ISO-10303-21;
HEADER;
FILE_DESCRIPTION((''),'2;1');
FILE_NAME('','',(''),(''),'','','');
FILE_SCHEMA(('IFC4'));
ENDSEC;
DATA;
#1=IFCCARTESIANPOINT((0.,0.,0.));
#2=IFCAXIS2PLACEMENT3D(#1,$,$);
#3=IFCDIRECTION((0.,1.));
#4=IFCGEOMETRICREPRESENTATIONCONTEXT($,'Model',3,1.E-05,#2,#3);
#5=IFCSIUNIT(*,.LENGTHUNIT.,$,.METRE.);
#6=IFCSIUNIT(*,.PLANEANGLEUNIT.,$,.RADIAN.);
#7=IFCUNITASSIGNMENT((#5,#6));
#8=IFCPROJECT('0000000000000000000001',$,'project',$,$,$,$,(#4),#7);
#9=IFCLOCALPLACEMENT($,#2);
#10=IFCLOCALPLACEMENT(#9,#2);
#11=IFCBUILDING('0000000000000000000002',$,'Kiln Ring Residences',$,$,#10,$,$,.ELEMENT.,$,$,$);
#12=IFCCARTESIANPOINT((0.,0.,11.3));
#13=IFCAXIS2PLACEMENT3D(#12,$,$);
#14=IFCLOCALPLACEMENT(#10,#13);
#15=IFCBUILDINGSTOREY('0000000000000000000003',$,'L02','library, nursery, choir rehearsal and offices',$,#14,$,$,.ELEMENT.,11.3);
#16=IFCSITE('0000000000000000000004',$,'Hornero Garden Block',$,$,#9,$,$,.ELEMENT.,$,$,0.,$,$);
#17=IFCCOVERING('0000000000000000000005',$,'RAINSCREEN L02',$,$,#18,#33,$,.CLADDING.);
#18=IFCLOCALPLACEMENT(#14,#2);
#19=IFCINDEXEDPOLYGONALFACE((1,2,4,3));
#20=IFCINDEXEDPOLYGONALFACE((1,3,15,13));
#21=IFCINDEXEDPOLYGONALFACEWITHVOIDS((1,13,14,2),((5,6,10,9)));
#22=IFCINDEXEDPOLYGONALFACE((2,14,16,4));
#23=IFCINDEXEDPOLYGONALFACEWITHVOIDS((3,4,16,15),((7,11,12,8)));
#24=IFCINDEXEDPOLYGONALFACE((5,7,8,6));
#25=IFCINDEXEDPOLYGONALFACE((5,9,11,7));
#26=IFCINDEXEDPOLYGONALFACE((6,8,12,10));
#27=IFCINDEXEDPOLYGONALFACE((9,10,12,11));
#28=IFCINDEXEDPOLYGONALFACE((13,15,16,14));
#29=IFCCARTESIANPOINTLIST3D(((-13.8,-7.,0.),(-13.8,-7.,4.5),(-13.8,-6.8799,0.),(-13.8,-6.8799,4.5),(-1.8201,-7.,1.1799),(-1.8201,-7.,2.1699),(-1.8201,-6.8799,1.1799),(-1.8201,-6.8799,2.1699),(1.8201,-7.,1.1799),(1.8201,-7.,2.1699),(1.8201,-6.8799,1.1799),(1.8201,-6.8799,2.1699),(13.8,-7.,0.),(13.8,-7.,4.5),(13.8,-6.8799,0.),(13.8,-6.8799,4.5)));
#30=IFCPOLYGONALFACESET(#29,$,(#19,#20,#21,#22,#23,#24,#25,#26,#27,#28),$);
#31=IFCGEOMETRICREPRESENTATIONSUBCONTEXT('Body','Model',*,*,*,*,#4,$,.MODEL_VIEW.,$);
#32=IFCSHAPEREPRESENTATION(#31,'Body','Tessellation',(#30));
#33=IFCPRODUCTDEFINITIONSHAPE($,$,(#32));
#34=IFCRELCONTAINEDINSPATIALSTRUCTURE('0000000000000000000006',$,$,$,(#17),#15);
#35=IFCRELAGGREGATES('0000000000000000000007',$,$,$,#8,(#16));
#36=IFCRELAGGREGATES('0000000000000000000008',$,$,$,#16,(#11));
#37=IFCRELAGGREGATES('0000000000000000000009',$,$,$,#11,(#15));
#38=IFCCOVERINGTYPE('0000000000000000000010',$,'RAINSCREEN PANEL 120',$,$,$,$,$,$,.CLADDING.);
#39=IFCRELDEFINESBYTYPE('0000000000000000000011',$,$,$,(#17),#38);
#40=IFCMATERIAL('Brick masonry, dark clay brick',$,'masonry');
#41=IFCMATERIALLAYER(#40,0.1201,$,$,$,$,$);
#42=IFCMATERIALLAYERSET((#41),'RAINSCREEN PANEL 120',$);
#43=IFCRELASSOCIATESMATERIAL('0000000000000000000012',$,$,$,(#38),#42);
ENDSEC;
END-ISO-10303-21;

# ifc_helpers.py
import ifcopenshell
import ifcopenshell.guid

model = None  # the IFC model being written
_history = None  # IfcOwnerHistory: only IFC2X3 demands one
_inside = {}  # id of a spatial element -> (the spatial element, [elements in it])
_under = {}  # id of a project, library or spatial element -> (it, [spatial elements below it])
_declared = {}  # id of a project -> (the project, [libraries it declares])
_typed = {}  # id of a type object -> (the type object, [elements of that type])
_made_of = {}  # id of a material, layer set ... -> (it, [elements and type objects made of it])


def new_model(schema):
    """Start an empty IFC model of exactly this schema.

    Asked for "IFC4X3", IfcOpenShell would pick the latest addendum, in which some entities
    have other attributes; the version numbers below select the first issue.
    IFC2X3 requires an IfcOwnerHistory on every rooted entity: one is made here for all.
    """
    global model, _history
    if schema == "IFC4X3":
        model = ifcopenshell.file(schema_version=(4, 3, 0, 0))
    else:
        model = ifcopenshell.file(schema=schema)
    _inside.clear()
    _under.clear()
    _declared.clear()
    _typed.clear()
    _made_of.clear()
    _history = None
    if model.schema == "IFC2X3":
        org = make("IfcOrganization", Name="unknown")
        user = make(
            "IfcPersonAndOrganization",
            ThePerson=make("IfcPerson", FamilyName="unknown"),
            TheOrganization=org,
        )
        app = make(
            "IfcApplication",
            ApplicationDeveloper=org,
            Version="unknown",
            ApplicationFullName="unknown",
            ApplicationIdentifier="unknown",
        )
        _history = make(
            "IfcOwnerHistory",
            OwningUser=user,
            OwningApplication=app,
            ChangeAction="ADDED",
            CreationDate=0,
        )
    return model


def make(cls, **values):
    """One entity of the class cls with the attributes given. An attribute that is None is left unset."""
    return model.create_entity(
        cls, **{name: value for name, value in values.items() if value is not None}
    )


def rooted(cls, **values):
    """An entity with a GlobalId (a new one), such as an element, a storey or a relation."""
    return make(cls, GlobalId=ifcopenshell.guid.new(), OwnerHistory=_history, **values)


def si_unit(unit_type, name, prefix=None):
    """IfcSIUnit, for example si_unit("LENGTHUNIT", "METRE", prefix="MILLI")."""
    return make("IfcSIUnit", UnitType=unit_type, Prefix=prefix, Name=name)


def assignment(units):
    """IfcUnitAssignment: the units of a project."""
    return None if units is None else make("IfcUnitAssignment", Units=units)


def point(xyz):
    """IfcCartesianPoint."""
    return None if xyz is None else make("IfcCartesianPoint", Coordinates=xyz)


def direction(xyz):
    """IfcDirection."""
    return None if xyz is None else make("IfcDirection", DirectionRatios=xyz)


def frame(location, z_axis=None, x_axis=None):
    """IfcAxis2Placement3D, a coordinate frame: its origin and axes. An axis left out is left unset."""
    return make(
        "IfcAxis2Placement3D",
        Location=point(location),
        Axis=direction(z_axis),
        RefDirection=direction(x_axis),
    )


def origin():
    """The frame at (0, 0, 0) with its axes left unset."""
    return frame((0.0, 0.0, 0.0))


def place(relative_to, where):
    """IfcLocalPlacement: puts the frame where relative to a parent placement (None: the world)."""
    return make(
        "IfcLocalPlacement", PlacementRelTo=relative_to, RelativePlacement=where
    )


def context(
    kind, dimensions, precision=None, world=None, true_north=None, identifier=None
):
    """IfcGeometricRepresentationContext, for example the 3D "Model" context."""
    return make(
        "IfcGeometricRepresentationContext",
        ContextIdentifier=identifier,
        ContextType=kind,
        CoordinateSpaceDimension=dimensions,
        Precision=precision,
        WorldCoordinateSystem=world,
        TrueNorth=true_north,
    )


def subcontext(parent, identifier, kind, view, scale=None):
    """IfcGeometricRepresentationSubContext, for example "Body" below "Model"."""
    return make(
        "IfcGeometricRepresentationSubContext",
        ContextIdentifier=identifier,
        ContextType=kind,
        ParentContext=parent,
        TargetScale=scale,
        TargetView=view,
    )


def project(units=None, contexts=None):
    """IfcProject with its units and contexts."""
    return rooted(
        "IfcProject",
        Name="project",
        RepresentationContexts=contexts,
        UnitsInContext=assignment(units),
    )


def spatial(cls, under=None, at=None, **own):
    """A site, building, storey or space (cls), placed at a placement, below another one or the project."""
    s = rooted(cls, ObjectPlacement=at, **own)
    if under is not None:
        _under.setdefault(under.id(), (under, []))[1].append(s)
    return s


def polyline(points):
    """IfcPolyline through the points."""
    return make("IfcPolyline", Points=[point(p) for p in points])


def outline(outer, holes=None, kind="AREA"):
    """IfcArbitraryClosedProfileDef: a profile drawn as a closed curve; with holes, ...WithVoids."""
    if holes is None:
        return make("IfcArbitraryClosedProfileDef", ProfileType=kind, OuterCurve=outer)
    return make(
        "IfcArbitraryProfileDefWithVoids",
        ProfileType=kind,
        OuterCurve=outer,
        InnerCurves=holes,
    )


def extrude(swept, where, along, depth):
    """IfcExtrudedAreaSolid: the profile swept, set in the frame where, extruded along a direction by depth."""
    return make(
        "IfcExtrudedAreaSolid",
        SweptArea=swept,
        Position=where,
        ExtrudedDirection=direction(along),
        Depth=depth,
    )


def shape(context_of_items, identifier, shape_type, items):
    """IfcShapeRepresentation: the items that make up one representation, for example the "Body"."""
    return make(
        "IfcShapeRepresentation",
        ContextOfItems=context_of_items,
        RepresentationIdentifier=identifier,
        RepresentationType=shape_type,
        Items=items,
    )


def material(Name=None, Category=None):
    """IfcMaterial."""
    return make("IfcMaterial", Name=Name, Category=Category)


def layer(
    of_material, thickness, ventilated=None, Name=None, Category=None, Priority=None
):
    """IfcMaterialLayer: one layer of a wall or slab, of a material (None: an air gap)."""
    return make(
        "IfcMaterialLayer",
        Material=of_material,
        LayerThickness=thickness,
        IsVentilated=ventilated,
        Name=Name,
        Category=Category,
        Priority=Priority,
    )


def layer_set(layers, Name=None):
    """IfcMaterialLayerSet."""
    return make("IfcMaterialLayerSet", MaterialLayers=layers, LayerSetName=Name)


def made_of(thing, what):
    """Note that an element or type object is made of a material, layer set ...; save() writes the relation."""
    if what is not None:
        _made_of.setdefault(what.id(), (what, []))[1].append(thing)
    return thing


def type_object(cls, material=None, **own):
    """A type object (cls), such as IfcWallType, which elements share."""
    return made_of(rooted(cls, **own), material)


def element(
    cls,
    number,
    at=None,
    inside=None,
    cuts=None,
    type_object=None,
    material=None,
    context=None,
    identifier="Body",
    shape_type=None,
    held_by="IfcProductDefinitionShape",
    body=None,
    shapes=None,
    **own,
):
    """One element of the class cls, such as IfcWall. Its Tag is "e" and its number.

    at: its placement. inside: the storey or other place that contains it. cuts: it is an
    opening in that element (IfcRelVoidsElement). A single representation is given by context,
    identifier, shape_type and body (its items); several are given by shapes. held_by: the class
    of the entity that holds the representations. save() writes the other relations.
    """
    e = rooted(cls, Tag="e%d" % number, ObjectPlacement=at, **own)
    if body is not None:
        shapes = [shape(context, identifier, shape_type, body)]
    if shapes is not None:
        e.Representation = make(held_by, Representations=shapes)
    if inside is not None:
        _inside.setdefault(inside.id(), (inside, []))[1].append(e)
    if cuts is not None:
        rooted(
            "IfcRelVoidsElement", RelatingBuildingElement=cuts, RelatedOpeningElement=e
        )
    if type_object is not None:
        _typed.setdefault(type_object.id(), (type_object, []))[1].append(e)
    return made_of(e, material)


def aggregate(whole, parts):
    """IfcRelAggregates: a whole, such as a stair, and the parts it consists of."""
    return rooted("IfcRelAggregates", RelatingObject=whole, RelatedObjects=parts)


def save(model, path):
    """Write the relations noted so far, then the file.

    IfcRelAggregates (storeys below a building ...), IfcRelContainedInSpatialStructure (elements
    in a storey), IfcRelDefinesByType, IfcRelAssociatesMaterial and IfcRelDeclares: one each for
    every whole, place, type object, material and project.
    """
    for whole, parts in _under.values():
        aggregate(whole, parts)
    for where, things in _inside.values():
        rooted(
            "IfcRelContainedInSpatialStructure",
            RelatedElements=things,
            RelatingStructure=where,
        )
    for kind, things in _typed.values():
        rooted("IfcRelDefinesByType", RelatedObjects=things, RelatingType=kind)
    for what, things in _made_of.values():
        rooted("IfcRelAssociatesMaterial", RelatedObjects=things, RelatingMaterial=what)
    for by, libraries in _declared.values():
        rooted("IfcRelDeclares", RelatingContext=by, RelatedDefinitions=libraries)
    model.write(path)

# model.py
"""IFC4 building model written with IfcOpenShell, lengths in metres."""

from ifc_helpers import new_model, si_unit, direction, frame, origin, place, context, subcontext, project, spatial, polyline, outline, extrude, material, layer, layer_set, type_object, element, save


model = new_model("IFC4")

# Units and contexts
model_context = context("Model", 3, precision=1e-05, world=origin(), true_north=direction((0.0, 1.0)))
body_context = subcontext(model_context, "Body", "Model", "MODEL_VIEW")
ifc_project = project(units=[si_unit("LENGTHUNIT", "METRE"), si_unit("PLANEANGLEUNIT", "RADIAN")], contexts=[model_context])

# Site, building, storey
site_placement = place(None, origin())
site = spatial("IfcSite", under=ifc_project, at=site_placement, Name="Hornero Garden Block", CompositionType="ELEMENT", RefElevation=0.0)
building_placement = place(site_placement, origin())
building = spatial("IfcBuilding", under=site, at=building_placement, Name="Kiln Ring Residences", CompositionType="ELEMENT")
storey_placement = place(building_placement, frame((0.0, 0.0, 11.3)))
storey = spatial("IfcBuildingStorey", under=building, at=storey_placement, Name="L02", Description="library, nursery, choir rehearsal and offices", CompositionType="ELEMENT", Elevation=11.3)

# Covering
ifc_material_1 = material(Name="Brick masonry, dark clay brick", Category="masonry")
ifc_layer_1 = layer(ifc_material_1, 0.1201)
ifc_layer_set_1 = layer_set([ifc_layer_1], Name="RAINSCREEN PANEL 120")
covering_type = type_object("IfcCoveringType", Name="RAINSCREEN PANEL 120", PredefinedType="CLADDING", material=ifc_layer_set_1)
covering_placement = place(storey_placement, frame((13.8, -6.9399, 0.0), z_axis=(0.0, 0.0, 1.0), x_axis=(-1.0, 0.0, 0.0)))
element("IfcCovering", 1, at=covering_placement, inside=storey, type_object=covering_type, Name="RAINSCREEN L02", PredefinedType="CLADDING", context=body_context, shape_type="SweptSolid", body=[
    extrude(outline(polyline([(0.0, 0.0), (27.6001, 0.0), (27.6001, 4.5), (0.0, 4.5), (0.0, 0.0)]), holes=[polyline([(11.98, 2.1699), (11.98, 1.1799), (15.6201, 1.1799), (15.6201, 2.1699), (11.98, 2.1699)])]), frame((0.0, 0.0601, 0.0), z_axis=(0.0, -1.0, 0.0), x_axis=(1.0, 0.0, 0.0)), (0.0, 0.0, 1.0), 0.1201),
])

save(model, "model.ifc")
